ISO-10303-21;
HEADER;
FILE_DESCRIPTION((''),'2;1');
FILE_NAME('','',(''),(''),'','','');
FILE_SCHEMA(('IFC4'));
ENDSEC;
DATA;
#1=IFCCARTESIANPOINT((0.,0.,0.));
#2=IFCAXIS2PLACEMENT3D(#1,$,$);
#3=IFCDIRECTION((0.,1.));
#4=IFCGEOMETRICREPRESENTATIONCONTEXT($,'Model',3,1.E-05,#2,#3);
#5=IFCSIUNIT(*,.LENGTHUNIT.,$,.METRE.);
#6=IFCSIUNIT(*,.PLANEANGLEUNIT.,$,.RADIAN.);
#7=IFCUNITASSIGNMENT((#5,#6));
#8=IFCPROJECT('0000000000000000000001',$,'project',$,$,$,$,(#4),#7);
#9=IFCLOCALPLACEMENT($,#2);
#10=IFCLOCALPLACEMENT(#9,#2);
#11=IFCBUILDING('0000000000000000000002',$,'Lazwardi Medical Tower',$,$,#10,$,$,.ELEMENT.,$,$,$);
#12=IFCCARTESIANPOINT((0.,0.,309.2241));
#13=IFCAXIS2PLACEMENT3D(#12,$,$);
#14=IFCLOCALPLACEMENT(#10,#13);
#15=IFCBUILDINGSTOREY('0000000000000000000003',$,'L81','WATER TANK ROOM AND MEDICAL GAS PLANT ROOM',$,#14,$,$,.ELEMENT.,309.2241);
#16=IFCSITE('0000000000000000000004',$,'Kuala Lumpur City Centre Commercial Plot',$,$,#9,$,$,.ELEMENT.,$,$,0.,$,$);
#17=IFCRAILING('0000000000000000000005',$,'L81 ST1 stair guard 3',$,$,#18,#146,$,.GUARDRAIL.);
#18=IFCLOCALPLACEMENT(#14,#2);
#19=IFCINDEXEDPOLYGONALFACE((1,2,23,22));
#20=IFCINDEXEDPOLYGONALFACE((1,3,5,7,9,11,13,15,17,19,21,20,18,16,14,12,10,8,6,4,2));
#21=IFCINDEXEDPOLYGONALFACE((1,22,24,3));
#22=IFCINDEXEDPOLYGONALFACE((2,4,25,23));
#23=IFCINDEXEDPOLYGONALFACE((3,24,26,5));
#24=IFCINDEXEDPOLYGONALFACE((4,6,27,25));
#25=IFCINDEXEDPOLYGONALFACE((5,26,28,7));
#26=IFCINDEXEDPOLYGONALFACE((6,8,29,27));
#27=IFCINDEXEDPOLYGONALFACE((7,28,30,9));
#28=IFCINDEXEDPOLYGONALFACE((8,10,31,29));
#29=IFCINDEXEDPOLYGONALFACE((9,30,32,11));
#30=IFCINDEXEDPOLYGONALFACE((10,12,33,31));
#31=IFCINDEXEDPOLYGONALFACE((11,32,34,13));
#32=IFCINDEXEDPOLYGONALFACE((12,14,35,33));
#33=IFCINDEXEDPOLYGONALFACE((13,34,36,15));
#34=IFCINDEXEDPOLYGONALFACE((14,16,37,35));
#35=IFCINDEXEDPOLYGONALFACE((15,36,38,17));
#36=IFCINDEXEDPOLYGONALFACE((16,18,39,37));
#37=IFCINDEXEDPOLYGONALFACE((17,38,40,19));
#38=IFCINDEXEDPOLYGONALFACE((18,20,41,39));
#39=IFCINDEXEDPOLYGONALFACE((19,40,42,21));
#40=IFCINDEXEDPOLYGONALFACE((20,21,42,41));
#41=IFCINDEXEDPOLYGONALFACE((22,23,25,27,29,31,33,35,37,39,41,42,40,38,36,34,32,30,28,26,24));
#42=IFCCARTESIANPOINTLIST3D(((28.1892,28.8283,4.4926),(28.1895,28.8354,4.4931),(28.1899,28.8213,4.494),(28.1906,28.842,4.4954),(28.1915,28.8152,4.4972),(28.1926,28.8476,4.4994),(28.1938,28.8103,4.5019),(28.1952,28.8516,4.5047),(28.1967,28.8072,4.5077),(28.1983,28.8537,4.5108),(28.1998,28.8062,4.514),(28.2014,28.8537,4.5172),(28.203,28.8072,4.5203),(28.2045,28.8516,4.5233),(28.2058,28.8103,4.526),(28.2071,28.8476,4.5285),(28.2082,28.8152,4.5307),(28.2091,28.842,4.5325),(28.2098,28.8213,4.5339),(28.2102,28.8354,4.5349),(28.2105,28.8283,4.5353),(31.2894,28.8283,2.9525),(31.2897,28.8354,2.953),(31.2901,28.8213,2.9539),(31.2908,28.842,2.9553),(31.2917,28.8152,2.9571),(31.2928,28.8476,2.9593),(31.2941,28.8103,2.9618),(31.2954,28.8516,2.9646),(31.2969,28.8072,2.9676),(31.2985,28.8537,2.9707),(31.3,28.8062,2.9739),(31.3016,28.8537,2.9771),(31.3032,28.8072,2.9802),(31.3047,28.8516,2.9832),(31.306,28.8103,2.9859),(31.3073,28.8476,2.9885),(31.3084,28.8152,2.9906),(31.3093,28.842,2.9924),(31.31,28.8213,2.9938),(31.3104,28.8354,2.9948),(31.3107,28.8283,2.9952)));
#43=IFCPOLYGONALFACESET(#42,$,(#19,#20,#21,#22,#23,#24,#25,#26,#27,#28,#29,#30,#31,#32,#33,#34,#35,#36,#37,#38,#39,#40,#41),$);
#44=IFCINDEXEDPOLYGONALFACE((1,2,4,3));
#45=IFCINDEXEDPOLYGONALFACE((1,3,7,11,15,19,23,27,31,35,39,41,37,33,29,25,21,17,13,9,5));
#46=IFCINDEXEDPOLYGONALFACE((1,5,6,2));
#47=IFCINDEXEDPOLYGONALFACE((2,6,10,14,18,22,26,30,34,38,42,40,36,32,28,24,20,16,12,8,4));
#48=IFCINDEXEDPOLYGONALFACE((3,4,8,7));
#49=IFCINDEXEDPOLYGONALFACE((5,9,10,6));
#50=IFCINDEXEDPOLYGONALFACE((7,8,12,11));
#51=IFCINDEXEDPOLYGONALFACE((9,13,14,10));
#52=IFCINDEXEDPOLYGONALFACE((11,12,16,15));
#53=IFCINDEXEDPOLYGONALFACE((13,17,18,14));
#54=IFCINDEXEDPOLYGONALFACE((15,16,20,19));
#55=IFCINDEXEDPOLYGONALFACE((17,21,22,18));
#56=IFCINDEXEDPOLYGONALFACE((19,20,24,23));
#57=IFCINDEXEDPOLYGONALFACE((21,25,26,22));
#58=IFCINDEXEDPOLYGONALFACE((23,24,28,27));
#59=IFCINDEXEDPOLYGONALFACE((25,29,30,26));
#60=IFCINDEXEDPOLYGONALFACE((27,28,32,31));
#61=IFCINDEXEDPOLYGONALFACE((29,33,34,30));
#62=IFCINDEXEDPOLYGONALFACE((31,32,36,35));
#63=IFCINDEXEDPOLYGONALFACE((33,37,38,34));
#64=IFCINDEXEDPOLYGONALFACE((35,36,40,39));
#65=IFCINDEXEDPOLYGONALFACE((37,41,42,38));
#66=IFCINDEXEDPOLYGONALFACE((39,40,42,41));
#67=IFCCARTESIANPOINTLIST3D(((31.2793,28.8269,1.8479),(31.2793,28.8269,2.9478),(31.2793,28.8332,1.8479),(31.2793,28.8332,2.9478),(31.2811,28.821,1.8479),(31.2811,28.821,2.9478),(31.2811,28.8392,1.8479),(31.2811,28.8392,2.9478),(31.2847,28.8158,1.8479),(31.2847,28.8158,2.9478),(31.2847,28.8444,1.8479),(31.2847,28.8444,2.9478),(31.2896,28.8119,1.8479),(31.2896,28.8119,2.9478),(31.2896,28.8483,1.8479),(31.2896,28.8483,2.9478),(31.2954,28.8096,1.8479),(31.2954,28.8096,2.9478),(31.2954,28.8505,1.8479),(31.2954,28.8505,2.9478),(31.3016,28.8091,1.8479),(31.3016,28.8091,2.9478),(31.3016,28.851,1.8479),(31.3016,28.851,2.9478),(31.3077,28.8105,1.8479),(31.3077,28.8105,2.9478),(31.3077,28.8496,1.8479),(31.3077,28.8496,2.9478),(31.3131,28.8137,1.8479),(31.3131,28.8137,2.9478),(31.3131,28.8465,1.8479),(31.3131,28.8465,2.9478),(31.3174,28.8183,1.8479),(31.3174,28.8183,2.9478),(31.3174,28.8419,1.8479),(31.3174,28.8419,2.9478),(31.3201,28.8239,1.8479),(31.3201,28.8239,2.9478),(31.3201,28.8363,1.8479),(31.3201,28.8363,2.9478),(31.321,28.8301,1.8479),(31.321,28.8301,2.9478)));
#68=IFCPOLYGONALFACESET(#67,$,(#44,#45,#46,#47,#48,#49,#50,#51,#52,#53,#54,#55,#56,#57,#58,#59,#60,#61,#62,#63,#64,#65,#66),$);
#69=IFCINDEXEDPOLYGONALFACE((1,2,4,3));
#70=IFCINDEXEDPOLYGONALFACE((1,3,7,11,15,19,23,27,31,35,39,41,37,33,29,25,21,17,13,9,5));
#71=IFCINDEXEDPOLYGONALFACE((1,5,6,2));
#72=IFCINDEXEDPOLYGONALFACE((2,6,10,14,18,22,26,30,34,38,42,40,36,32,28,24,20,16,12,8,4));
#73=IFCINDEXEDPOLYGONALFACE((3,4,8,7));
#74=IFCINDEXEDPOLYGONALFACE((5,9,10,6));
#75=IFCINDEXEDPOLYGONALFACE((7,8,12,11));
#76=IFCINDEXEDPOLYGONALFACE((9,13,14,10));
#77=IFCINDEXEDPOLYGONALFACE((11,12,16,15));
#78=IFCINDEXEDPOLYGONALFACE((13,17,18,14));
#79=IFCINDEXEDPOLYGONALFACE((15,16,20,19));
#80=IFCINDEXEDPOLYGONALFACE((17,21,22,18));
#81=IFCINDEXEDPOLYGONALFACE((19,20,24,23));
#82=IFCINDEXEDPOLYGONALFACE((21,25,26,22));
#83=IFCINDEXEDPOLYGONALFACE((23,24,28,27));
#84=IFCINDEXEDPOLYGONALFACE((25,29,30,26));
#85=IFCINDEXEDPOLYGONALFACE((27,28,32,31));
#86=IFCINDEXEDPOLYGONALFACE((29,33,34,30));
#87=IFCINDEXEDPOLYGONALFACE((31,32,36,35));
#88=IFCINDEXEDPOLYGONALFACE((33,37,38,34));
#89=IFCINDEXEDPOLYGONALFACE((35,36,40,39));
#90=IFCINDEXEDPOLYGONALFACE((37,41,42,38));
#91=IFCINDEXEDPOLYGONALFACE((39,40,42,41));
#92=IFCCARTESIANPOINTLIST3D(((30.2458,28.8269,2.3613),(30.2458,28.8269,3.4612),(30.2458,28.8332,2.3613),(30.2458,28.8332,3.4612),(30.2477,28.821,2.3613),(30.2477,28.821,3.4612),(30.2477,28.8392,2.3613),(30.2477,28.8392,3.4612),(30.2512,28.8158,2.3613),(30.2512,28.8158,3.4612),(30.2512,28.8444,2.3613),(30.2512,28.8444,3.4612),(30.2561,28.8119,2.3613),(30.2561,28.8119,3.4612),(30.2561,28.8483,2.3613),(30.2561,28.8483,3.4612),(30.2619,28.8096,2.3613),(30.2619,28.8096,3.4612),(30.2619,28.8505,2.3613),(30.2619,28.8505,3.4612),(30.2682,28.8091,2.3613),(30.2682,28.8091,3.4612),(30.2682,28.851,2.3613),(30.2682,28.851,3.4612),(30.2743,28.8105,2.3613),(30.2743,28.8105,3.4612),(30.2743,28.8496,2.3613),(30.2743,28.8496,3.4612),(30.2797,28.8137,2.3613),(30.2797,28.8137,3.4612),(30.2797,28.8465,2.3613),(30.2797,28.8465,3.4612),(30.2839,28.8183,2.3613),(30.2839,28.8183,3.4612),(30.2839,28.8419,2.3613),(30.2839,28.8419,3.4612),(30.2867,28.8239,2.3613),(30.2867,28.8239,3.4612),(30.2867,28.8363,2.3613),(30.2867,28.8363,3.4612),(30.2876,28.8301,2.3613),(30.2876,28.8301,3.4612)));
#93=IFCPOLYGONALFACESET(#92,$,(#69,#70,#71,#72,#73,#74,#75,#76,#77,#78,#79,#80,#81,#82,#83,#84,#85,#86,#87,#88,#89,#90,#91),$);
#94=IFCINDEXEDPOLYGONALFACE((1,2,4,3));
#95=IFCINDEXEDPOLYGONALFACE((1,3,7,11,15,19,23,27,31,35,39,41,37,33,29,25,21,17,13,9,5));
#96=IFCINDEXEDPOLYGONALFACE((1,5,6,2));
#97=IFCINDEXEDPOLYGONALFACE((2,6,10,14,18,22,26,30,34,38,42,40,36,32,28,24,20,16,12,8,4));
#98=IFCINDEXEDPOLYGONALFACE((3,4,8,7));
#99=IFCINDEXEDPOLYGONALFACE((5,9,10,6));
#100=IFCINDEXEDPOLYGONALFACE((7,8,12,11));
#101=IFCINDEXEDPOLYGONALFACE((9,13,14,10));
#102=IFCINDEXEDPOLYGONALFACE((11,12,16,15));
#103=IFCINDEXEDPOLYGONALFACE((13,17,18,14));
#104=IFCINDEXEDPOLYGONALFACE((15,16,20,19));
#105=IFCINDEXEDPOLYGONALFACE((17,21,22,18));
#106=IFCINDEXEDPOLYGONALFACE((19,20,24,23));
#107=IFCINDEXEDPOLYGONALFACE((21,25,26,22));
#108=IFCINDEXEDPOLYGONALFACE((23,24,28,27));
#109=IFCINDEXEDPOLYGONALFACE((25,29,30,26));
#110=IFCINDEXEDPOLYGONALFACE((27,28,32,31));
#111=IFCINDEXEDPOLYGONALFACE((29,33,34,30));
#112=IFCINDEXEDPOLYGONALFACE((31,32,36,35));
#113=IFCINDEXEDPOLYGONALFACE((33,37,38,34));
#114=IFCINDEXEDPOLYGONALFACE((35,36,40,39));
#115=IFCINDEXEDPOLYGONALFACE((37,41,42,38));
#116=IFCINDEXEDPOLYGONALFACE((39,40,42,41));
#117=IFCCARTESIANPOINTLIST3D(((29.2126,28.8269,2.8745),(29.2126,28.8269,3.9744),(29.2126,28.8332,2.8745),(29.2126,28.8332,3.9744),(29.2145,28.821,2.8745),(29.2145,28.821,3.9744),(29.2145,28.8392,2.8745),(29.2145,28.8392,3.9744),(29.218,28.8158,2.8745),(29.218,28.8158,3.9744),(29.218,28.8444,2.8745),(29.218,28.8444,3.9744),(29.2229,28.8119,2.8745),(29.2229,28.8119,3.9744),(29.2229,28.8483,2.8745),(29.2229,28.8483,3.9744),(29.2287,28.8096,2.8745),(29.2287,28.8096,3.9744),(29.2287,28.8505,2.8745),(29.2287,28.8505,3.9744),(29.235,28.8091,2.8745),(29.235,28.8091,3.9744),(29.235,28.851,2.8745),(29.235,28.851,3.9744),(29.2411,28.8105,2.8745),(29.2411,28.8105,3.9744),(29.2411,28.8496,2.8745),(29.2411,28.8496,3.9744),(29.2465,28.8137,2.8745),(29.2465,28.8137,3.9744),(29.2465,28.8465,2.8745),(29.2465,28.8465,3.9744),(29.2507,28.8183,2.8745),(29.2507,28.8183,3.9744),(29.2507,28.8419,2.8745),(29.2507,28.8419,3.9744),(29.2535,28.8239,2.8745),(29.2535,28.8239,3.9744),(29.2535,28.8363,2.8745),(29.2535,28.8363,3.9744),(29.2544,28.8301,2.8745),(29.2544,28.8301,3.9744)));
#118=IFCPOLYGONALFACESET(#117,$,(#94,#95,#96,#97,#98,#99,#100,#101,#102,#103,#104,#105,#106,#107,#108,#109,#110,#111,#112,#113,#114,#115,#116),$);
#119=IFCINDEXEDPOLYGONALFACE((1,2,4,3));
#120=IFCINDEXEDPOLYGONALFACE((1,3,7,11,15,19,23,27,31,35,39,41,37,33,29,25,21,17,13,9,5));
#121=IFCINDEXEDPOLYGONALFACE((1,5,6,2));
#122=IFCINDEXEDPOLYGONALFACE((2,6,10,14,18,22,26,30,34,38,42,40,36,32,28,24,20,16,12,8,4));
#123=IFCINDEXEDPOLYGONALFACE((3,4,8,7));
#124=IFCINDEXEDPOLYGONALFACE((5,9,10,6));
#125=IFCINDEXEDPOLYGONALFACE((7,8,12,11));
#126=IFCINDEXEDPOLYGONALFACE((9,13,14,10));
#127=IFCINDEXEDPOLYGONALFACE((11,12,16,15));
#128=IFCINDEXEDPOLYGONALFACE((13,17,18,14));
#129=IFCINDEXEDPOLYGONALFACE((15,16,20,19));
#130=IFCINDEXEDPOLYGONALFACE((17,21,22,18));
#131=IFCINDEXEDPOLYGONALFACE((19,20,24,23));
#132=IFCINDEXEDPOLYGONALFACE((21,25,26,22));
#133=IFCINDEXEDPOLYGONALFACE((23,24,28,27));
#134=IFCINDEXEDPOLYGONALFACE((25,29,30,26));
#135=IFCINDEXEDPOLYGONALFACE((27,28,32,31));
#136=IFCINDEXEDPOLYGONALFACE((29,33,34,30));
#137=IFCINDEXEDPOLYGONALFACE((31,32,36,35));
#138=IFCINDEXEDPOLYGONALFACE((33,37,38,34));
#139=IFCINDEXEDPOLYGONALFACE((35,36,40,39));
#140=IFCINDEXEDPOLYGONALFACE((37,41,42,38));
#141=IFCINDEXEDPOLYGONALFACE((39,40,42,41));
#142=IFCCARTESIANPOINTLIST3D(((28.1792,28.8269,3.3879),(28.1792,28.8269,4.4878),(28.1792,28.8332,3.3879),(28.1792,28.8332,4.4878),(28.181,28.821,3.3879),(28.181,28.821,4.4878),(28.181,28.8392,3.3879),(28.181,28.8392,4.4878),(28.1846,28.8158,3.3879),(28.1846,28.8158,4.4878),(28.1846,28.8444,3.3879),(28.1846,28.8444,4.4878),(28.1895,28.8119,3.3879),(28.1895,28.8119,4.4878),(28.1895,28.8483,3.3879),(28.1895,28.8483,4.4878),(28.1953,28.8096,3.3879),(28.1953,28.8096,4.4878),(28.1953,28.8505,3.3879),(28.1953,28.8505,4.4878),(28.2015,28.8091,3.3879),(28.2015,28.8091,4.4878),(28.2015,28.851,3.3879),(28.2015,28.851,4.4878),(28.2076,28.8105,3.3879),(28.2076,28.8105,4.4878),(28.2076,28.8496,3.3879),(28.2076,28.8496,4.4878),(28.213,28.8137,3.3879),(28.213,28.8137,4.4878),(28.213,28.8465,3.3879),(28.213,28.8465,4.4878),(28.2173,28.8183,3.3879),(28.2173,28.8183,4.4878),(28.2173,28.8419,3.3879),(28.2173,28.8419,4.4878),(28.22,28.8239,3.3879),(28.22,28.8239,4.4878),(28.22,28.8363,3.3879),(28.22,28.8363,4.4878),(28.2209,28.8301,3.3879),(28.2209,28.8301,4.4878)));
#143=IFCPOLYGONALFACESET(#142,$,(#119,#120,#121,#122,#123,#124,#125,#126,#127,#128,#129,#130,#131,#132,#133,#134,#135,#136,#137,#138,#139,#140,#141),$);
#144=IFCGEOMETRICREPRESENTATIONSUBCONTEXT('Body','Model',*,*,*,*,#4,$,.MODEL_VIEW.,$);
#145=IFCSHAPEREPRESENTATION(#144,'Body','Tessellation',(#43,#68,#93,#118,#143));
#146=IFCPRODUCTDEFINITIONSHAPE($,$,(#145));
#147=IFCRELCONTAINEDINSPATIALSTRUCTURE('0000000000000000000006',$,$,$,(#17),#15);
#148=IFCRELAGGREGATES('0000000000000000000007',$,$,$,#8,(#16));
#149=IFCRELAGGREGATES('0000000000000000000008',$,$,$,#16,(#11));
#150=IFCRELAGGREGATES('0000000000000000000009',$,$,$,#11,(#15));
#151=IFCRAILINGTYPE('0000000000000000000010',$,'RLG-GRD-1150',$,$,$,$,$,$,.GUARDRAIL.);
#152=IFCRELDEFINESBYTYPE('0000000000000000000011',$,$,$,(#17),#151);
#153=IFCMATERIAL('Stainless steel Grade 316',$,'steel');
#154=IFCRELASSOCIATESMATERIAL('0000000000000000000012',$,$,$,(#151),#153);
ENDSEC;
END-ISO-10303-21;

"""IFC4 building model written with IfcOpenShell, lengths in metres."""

from ifc_helpers import new_model, si_unit, direction, frame, origin, origin_2d, place, context, subcontext, project, spatial, circle, extrude, material, type_object, element, save


model = new_model("IFC4")

# Units and contexts
model_context = context("Model", 3, precision=1e-05, world=origin(), true_north=direction((0.0, 1.0)))
body_context = subcontext(model_context, "Body", "Model", "MODEL_VIEW")
ifc_project = project(units=[si_unit("LENGTHUNIT", "METRE"), si_unit("PLANEANGLEUNIT", "RADIAN")], contexts=[model_context])

# Site, building, storey
site_placement = place(None, origin())
site = spatial("IfcSite", under=ifc_project, at=site_placement, Name="Kuala Lumpur City Centre Commercial Plot", CompositionType="ELEMENT", RefElevation=0.0)
building_placement = place(site_placement, origin())
building = spatial("IfcBuilding", under=site, at=building_placement, Name="Lazwardi Medical Tower", CompositionType="ELEMENT")
storey_placement = place(building_placement, frame((0.0, 0.0, 309.2241)))
storey = spatial("IfcBuildingStorey", under=building, at=storey_placement, Name="L81", Description="WATER TANK ROOM AND MEDICAL GAS PLANT ROOM", CompositionType="ELEMENT", Elevation=309.2241)

# Railing
ifc_material_1 = material(Name="Stainless steel Grade 316", Category="steel")
railing_type_1 = type_object("IfcRailingType", Name="RLG-GRD-1150", PredefinedType="GUARDRAIL", material=ifc_material_1)
railing_1_placement = place(storey_placement, frame((31.3, 28.8301, 1.8479)))
element("IfcRailing", 1, at=railing_1_placement, inside=storey, type_object=railing_type_1, Name="L81 ST1 stair guard 3", PredefinedType="GUARDRAIL", context=body_context, shape_type="SweptSolid", body=[
    extrude(circle(Radius=0.0239, at=origin_2d()), frame((0.0, 0.0, 1.126), z_axis=(-0.895581, 0.0, 0.444899), x_axis=(0.0, -1.0, 0.0)), (0.0, 0.0, 1.0), 3.4617),
    extrude(circle(Radius=0.021, at=origin_2d()), origin(), (0.0, 0.0, 1.0), 1.0999),
    extrude(circle(Radius=0.021, at=origin_2d()), frame((-1.0334, 0.0, 0.5134)), (0.0, 0.0, 1.0), 1.0999),
    extrude(circle(Radius=0.021, at=origin_2d()), frame((-2.0667, 0.0, 1.0266)), (0.0, 0.0, 1.0), 1.0999),
    extrude(circle(Radius=0.021, at=origin_2d()), frame((-3.1001, 0.0, 1.54)), (0.0, 0.0, 1.0), 1.0999),
])

save(model, "model.ifc")
